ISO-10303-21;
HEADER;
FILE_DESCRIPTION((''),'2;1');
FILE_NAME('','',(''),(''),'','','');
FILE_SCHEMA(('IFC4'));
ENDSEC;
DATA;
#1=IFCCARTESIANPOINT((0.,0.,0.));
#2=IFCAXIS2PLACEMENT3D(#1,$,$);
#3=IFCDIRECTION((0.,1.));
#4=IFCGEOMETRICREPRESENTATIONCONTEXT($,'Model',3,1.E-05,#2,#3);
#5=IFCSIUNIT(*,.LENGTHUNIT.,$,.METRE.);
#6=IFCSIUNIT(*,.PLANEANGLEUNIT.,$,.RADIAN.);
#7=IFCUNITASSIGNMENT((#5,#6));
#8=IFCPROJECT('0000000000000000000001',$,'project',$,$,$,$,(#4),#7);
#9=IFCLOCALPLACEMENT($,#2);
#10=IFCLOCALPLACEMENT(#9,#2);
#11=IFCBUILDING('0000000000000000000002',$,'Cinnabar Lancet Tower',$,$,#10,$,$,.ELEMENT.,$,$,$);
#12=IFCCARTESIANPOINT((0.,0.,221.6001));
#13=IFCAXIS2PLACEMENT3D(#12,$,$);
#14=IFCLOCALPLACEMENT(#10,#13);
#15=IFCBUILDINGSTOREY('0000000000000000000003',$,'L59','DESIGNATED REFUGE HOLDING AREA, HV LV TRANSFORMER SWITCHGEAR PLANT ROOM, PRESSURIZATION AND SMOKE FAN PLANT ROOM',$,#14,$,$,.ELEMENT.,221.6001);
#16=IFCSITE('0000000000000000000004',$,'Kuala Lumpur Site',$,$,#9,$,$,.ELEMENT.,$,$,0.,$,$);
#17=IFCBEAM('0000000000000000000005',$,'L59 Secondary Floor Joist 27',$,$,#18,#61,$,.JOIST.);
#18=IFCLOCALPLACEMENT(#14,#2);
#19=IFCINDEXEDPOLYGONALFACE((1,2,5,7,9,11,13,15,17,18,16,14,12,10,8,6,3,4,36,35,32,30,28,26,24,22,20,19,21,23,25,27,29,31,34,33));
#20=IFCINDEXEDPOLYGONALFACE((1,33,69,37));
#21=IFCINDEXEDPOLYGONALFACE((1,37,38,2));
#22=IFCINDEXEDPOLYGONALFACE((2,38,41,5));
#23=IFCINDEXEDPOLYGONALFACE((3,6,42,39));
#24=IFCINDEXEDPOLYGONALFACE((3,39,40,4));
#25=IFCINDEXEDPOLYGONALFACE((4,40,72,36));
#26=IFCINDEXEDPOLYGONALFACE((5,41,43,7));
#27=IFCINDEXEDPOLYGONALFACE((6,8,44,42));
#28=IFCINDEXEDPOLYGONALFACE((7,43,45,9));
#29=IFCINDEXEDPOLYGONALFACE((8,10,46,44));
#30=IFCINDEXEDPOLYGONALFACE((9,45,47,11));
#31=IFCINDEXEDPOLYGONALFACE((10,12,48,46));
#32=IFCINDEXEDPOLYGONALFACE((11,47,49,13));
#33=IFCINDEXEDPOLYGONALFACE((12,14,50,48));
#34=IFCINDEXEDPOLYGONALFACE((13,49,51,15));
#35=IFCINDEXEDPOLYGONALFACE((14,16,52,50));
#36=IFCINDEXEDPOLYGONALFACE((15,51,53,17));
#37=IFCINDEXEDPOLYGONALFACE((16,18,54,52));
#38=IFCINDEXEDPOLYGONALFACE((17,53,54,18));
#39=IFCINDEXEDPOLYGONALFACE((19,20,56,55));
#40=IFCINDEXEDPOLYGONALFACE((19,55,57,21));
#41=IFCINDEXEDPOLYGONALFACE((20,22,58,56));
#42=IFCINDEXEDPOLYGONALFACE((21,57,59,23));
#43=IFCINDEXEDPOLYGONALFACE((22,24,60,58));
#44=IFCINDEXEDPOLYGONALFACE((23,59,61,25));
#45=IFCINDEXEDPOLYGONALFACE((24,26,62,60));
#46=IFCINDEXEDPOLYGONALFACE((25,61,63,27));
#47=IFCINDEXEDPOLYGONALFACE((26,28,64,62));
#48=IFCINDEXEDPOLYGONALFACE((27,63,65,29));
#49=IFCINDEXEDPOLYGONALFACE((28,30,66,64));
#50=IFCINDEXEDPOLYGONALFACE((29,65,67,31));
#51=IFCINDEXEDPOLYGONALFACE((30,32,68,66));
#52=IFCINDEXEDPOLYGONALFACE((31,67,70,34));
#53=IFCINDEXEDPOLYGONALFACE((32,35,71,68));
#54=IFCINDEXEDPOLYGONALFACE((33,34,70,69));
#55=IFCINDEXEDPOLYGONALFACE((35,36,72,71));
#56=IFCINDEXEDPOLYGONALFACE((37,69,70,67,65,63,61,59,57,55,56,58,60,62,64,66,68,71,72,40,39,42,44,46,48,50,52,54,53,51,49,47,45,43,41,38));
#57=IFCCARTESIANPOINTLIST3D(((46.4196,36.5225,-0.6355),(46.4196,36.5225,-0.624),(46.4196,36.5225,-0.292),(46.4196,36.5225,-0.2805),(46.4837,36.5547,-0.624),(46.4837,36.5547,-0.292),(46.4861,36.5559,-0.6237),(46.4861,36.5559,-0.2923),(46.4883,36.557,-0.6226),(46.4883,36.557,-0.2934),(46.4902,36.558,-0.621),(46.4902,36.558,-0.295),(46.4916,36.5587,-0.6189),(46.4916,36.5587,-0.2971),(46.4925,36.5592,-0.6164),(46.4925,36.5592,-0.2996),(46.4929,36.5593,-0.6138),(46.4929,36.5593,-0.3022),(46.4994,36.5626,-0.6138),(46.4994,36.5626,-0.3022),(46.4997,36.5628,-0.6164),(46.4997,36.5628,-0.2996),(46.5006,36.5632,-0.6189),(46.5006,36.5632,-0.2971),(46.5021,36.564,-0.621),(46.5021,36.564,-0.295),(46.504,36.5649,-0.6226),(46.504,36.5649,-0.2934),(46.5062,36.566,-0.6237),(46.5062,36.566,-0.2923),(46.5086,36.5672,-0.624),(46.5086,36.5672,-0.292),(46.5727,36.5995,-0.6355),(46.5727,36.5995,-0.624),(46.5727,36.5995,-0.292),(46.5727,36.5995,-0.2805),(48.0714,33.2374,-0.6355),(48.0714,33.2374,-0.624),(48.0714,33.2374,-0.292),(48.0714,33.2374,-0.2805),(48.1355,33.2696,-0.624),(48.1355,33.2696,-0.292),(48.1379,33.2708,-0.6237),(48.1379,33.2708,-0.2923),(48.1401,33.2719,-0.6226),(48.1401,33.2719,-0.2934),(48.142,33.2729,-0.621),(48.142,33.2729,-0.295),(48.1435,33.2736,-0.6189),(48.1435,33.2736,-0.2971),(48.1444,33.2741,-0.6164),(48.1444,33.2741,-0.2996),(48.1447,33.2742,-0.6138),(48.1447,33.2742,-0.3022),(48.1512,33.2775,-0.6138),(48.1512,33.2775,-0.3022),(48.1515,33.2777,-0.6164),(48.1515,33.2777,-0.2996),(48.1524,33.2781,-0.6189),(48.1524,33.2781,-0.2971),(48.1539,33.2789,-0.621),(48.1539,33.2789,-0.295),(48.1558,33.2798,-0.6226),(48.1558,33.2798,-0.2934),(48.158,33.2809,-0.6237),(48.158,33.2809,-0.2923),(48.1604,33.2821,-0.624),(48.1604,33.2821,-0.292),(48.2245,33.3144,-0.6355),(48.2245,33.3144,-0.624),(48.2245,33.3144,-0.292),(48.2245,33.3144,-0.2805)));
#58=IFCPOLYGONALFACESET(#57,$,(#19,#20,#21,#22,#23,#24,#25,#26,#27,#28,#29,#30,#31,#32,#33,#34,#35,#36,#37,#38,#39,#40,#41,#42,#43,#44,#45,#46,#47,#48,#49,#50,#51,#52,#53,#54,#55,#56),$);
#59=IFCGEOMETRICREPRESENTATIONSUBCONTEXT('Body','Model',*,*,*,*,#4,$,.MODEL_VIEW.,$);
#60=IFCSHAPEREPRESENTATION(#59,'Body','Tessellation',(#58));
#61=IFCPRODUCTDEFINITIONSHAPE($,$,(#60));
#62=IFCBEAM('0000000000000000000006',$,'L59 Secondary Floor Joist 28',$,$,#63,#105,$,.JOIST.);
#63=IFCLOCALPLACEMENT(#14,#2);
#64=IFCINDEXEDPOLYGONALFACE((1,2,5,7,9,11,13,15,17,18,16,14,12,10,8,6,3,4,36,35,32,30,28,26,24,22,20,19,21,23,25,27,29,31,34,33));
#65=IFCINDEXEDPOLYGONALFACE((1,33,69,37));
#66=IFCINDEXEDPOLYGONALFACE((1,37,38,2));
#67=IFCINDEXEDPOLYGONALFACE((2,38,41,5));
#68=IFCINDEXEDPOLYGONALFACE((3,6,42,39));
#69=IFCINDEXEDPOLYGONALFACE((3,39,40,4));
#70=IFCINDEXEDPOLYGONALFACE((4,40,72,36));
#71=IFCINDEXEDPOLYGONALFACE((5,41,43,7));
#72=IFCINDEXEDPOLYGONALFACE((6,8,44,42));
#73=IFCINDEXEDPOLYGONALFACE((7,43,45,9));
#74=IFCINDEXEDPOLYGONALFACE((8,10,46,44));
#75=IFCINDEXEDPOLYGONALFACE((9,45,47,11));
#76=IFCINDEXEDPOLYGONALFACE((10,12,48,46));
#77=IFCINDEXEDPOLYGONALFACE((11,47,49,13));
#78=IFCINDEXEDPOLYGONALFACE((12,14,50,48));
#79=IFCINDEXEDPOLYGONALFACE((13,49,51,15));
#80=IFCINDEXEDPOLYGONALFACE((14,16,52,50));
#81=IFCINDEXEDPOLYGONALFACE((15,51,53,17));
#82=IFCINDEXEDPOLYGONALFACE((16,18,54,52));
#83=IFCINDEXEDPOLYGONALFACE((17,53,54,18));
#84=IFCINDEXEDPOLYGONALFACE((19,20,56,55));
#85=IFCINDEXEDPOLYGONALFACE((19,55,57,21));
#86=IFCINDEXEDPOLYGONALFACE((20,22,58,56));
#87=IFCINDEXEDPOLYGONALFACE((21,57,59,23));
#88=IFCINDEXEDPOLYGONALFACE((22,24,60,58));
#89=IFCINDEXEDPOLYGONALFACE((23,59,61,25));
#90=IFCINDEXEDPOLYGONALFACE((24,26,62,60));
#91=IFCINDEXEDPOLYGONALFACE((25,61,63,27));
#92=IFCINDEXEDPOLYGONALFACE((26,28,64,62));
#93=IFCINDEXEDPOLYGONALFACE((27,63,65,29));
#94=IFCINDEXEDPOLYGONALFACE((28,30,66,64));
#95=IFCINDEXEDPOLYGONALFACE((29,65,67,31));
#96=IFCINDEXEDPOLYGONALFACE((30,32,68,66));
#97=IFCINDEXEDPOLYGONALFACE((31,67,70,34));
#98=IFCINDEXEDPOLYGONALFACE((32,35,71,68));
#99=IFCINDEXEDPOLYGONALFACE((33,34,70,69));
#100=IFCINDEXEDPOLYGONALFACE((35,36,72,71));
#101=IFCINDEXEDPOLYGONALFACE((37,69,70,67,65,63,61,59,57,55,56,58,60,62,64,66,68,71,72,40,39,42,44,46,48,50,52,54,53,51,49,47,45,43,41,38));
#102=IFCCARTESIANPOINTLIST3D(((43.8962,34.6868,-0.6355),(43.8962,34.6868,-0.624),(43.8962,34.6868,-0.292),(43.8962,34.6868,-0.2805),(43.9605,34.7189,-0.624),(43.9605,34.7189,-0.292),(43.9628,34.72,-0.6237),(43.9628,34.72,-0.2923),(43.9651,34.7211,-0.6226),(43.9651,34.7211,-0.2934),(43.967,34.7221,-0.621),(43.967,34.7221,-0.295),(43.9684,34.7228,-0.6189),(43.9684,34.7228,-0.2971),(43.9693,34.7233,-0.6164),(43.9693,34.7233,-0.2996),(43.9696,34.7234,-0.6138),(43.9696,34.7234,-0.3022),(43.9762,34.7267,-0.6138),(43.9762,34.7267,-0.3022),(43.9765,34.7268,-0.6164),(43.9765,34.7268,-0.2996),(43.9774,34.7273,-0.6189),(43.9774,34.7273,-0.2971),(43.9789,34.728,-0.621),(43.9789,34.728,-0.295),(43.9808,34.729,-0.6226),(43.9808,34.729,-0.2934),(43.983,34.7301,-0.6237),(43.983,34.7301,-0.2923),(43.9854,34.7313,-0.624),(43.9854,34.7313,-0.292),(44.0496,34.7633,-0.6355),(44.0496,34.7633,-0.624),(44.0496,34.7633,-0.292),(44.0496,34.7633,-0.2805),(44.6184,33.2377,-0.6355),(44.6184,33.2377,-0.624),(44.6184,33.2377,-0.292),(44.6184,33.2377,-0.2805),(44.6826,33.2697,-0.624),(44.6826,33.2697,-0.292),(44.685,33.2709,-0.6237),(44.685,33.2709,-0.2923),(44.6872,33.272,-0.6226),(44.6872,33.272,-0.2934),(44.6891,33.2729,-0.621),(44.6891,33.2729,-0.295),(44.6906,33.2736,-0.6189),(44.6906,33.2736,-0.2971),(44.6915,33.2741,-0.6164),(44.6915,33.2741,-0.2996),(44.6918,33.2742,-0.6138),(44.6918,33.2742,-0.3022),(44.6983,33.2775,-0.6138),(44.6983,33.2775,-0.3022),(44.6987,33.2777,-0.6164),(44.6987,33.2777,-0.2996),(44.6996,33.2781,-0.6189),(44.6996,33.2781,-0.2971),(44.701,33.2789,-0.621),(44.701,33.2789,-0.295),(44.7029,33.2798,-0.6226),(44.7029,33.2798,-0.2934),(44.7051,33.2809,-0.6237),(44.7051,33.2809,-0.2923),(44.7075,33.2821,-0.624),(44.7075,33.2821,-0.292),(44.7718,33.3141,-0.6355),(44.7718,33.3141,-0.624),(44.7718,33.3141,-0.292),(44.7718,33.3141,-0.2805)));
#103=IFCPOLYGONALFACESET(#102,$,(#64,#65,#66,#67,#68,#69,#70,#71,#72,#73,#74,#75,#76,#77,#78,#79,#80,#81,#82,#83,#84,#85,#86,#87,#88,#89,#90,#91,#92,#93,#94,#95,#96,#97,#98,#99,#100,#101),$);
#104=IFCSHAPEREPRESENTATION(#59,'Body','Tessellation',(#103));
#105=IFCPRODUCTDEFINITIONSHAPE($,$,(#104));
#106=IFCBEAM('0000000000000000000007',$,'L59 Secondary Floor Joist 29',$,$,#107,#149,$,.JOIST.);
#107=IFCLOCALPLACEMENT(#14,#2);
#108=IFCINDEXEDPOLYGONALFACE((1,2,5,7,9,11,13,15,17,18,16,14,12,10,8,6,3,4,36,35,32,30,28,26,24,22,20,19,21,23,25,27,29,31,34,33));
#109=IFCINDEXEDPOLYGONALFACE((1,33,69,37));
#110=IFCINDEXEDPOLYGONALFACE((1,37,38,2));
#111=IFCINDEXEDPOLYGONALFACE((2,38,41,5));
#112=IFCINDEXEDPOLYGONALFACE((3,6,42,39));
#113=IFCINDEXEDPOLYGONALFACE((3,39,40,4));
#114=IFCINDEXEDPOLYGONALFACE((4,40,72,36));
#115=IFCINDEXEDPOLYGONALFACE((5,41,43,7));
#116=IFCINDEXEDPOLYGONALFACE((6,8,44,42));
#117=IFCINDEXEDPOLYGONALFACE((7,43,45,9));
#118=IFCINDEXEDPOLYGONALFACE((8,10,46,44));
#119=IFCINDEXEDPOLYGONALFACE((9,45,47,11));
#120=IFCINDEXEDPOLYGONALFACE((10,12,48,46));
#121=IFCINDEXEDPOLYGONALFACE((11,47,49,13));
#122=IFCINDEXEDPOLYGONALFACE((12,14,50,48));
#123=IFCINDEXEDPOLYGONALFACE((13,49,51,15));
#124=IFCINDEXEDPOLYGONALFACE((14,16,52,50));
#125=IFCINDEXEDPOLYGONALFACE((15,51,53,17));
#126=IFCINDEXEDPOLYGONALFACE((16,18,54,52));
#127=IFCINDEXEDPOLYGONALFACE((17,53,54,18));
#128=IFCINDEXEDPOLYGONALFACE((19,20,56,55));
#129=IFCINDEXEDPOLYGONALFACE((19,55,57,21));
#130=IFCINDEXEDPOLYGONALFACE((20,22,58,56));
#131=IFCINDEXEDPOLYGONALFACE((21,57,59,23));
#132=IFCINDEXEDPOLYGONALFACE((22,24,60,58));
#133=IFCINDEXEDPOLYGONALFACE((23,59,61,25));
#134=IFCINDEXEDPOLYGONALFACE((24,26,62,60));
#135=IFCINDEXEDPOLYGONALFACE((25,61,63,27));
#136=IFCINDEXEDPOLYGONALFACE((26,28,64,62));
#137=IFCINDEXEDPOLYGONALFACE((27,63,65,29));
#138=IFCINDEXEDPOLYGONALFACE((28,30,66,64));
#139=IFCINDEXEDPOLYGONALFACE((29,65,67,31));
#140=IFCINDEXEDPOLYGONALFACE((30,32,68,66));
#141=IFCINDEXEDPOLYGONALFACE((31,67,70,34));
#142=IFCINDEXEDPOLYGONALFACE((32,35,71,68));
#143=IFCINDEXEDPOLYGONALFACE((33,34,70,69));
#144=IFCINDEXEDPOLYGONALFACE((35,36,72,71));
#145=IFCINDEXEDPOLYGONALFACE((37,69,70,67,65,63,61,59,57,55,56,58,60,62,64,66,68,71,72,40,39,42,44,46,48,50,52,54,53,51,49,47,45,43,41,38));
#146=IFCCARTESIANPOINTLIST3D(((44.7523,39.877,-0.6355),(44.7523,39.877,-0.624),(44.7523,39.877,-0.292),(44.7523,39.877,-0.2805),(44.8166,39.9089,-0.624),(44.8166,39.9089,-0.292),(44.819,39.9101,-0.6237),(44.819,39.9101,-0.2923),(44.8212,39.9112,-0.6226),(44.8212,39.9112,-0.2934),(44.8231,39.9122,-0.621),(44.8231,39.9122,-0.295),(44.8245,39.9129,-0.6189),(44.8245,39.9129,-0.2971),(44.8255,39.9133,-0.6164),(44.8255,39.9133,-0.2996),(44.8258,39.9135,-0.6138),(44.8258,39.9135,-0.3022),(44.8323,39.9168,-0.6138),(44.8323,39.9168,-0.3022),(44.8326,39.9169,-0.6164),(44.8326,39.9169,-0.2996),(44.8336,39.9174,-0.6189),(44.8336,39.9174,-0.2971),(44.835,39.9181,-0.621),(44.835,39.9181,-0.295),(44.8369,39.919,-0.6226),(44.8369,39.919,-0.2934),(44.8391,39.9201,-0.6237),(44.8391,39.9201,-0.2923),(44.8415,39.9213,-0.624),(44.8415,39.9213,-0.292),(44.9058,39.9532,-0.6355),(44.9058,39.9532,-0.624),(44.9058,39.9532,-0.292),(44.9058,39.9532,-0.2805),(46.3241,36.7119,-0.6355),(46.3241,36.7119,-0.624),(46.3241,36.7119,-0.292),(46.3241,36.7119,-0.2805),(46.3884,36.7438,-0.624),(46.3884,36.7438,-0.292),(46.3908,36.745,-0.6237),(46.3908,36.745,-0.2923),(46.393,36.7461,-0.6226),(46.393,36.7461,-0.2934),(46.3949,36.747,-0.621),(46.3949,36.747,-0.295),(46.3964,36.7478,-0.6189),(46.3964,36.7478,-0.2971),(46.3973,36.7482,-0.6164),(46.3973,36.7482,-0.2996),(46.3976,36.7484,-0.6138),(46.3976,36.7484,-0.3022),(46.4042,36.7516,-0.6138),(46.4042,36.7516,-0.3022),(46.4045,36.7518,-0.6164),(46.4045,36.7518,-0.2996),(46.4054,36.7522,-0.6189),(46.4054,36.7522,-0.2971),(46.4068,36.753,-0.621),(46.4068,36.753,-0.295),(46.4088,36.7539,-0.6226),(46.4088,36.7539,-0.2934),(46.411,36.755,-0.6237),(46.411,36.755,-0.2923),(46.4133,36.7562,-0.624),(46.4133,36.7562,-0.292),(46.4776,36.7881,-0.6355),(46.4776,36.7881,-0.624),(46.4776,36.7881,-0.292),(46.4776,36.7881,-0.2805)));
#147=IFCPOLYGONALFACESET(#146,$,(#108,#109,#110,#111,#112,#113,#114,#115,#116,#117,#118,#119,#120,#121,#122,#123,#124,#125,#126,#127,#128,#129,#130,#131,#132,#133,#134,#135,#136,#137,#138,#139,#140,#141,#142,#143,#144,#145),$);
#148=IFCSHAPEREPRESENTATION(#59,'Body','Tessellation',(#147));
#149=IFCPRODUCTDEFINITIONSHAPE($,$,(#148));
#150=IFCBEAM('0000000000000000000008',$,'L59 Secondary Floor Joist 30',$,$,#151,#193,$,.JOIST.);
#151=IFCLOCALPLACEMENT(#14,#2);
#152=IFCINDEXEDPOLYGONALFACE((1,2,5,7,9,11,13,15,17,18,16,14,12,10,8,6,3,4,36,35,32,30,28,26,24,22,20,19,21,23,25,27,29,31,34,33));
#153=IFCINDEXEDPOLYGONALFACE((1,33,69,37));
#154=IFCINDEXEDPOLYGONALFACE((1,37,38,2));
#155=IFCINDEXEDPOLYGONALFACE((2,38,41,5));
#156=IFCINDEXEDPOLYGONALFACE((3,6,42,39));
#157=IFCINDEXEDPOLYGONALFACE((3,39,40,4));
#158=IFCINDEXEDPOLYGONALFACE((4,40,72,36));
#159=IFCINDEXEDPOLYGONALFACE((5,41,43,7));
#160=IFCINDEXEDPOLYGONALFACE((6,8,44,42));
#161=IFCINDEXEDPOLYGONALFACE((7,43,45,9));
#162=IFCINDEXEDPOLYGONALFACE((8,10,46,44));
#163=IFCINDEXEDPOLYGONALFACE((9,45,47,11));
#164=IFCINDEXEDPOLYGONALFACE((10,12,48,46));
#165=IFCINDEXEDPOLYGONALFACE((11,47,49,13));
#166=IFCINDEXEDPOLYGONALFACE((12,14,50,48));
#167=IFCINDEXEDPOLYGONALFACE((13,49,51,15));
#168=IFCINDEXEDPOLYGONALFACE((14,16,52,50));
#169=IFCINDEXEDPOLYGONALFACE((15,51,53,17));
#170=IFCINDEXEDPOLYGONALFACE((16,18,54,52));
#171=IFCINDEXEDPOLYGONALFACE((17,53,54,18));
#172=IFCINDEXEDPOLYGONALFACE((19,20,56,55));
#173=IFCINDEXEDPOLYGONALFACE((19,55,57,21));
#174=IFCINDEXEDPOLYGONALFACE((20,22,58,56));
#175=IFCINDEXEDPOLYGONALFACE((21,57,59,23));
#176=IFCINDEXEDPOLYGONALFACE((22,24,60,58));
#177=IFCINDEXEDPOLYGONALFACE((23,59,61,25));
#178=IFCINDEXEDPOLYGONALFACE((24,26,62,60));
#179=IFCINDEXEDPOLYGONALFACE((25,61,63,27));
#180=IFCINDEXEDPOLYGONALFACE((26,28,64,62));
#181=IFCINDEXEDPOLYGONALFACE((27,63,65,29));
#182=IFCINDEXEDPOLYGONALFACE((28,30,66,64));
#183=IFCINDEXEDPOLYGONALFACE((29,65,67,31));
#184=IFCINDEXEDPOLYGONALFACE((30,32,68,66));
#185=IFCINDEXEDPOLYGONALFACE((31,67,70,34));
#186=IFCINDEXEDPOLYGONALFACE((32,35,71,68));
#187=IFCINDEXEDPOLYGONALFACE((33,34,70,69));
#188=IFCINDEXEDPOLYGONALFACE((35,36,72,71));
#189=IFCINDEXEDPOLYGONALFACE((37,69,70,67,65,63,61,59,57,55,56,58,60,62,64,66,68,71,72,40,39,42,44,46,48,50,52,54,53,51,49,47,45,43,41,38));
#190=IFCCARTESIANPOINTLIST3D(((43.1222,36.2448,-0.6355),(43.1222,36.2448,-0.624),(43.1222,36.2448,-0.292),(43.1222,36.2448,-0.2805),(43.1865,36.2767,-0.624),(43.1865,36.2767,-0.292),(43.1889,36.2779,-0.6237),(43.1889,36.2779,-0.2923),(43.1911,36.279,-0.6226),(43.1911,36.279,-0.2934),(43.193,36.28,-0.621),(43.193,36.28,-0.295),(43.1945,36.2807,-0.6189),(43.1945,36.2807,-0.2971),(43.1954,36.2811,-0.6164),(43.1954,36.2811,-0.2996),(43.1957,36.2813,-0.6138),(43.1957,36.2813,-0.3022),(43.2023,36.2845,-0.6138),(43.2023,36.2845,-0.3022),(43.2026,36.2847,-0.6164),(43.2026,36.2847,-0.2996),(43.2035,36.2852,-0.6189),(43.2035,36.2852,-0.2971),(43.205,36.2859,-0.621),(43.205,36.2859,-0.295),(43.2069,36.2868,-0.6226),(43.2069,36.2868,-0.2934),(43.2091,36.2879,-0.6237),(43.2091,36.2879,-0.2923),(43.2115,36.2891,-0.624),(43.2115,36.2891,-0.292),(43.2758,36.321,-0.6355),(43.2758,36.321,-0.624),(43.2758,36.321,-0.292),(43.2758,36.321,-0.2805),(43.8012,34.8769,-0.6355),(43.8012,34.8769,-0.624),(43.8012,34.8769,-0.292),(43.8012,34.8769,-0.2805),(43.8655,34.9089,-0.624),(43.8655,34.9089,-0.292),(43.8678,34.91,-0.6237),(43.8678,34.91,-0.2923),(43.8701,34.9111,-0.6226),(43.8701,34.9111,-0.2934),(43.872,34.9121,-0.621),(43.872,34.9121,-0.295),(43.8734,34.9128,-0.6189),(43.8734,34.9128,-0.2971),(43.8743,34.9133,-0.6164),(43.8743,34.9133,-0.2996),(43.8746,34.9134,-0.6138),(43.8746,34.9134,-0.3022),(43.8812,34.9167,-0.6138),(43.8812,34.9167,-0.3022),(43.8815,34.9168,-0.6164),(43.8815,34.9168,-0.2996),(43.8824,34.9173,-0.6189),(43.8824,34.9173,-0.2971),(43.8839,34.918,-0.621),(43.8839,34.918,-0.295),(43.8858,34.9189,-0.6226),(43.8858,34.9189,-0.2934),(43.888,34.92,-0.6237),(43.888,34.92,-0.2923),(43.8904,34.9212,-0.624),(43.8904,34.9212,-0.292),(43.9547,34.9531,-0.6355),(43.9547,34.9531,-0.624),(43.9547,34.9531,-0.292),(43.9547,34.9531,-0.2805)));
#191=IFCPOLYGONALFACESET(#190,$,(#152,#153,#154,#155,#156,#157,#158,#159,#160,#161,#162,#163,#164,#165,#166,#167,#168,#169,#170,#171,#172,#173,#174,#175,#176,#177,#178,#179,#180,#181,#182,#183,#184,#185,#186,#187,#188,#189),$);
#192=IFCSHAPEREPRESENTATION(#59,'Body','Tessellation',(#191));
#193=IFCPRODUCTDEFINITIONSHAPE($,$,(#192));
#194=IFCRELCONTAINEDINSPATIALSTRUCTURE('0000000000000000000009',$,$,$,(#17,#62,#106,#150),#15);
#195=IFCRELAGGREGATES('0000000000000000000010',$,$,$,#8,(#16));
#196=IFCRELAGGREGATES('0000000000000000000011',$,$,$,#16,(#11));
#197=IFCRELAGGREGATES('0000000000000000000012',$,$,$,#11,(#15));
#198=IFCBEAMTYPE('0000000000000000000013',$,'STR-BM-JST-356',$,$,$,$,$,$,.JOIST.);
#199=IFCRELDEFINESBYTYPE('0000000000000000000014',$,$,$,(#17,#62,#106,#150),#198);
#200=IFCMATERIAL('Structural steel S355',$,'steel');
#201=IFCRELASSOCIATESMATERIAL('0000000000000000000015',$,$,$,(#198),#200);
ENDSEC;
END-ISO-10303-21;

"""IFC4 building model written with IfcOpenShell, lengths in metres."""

from ifc_helpers import new_model, si_unit, direction, frame, origin, origin_2d, place, context, subcontext, project, spatial, i_section, extrude, material, material_profile, profile_set, type_object, element, save


model = new_model("IFC4")

# Units and contexts
model_context = context("Model", 3, precision=1e-05, world=origin(), true_north=direction((0.0, 1.0)))
body_context = subcontext(model_context, "Body", "Model", "MODEL_VIEW")
ifc_project = project(units=[si_unit("LENGTHUNIT", "METRE"), si_unit("PLANEANGLEUNIT", "RADIAN")], contexts=[model_context])

# Site, building, storey
site_placement = place(None, origin())
site = spatial("IfcSite", under=ifc_project, at=site_placement, Name="Kuala Lumpur Site", CompositionType="ELEMENT", RefElevation=0.0)
building_placement = place(site_placement, origin())
building = spatial("IfcBuilding", under=site, at=building_placement, Name="Cinnabar Lancet Tower", CompositionType="ELEMENT")
storey_placement = place(building_placement, frame((0.0, 0.0, 221.6001)))
storey = spatial("IfcBuildingStorey", under=building, at=storey_placement, Name="L59", Description="DESIGNATED REFUGE HOLDING AREA, HV LV TRANSFORMER SWITCHGEAR PLANT ROOM, PRESSURIZATION AND SMOKE FAN PLANT ROOM", CompositionType="ELEMENT", Elevation=221.6001)

# Beams
ifc_material_1 = material(Name="Structural steel S355", Category="steel")
ifc_material_profile_1 = material_profile(ifc_material_1, i_section(OverallWidth=0.1714, OverallDepth=0.355, WebThickness=0.0073, FlangeThickness=0.0115, FilletRadius=0.0103, at=origin_2d()), Name="UKB 356x171x51")
ifc_profile_set_1 = profile_set([ifc_material_profile_1], Name="Structural steel S355")
beam_type_1 = type_object("IfcBeamType", Name="STR-BM-JST-356", PredefinedType="JOIST", material=ifc_profile_set_1)
beam_1_placement = place(storey_placement, frame((48.1479, 33.2759, -0.458), z_axis=(-0.449231, 0.893416, 0.0), x_axis=(-0.893416, -0.449231, 0.0)))
element("IfcBeam", 1, at=beam_1_placement, inside=storey, type_object=beam_type_1, Name="L59 Secondary Floor Joist 27", PredefinedType="JOIST", context=body_context, shape_type="SweptSolid", body=[
    extrude(i_section(OverallWidth=0.1714, OverallDepth=0.355, WebThickness=0.0073, FlangeThickness=0.0115, FilletRadius=0.0103, at=origin_2d()), origin(), (0.0, 0.0, 1.0), 3.677),
])
beam_2_placement = place(storey_placement, frame((44.6951, 33.2759, -0.458), z_axis=(-0.446007, 0.895029, 0.0), x_axis=(-0.895029, -0.446007, 0.0)))
element("IfcBeam", 2, at=beam_2_placement, inside=storey, type_object=beam_type_1, Name="L59 Secondary Floor Joist 28", PredefinedType="JOIST", context=body_context, shape_type="SweptSolid", body=[
    extrude(i_section(OverallWidth=0.1714, OverallDepth=0.355, WebThickness=0.0073, FlangeThickness=0.0115, FilletRadius=0.0103, at=origin_2d()), origin(), (0.0, 0.0, 1.0), 1.6191),
])
beam_3_placement = place(storey_placement, frame((46.4009, 36.75, -0.458), z_axis=(-0.44478, 0.89564, 0.0), x_axis=(-0.89564, -0.44478, 0.0)))
element("IfcBeam", 3, at=beam_3_placement, inside=storey, type_object=beam_type_1, Name="L59 Secondary Floor Joist 29", PredefinedType="JOIST", context=body_context, shape_type="SweptSolid", body=[
    extrude(i_section(OverallWidth=0.1714, OverallDepth=0.355, WebThickness=0.0073, FlangeThickness=0.0115, FilletRadius=0.0103, at=origin_2d()), origin(), (0.0, 0.0, 1.0), 3.5339),
])
beam_4_placement = place(storey_placement, frame((43.8779, 34.915, -0.458), z_axis=(-0.44459, 0.895734, 0.0), x_axis=(-0.895734, -0.44459, 0.0)))
element("IfcBeam", 4, at=beam_4_placement, inside=storey, type_object=beam_type_1, Name="L59 Secondary Floor Joist 30", PredefinedType="JOIST", context=body_context, shape_type="SweptSolid", body=[
    extrude(i_section(OverallWidth=0.1714, OverallDepth=0.355, WebThickness=0.0073, FlangeThickness=0.0115, FilletRadius=0.0103, at=origin_2d()), origin(), (0.0, 0.0, 1.0), 1.5271),
])

save(model, "model.ifc")
